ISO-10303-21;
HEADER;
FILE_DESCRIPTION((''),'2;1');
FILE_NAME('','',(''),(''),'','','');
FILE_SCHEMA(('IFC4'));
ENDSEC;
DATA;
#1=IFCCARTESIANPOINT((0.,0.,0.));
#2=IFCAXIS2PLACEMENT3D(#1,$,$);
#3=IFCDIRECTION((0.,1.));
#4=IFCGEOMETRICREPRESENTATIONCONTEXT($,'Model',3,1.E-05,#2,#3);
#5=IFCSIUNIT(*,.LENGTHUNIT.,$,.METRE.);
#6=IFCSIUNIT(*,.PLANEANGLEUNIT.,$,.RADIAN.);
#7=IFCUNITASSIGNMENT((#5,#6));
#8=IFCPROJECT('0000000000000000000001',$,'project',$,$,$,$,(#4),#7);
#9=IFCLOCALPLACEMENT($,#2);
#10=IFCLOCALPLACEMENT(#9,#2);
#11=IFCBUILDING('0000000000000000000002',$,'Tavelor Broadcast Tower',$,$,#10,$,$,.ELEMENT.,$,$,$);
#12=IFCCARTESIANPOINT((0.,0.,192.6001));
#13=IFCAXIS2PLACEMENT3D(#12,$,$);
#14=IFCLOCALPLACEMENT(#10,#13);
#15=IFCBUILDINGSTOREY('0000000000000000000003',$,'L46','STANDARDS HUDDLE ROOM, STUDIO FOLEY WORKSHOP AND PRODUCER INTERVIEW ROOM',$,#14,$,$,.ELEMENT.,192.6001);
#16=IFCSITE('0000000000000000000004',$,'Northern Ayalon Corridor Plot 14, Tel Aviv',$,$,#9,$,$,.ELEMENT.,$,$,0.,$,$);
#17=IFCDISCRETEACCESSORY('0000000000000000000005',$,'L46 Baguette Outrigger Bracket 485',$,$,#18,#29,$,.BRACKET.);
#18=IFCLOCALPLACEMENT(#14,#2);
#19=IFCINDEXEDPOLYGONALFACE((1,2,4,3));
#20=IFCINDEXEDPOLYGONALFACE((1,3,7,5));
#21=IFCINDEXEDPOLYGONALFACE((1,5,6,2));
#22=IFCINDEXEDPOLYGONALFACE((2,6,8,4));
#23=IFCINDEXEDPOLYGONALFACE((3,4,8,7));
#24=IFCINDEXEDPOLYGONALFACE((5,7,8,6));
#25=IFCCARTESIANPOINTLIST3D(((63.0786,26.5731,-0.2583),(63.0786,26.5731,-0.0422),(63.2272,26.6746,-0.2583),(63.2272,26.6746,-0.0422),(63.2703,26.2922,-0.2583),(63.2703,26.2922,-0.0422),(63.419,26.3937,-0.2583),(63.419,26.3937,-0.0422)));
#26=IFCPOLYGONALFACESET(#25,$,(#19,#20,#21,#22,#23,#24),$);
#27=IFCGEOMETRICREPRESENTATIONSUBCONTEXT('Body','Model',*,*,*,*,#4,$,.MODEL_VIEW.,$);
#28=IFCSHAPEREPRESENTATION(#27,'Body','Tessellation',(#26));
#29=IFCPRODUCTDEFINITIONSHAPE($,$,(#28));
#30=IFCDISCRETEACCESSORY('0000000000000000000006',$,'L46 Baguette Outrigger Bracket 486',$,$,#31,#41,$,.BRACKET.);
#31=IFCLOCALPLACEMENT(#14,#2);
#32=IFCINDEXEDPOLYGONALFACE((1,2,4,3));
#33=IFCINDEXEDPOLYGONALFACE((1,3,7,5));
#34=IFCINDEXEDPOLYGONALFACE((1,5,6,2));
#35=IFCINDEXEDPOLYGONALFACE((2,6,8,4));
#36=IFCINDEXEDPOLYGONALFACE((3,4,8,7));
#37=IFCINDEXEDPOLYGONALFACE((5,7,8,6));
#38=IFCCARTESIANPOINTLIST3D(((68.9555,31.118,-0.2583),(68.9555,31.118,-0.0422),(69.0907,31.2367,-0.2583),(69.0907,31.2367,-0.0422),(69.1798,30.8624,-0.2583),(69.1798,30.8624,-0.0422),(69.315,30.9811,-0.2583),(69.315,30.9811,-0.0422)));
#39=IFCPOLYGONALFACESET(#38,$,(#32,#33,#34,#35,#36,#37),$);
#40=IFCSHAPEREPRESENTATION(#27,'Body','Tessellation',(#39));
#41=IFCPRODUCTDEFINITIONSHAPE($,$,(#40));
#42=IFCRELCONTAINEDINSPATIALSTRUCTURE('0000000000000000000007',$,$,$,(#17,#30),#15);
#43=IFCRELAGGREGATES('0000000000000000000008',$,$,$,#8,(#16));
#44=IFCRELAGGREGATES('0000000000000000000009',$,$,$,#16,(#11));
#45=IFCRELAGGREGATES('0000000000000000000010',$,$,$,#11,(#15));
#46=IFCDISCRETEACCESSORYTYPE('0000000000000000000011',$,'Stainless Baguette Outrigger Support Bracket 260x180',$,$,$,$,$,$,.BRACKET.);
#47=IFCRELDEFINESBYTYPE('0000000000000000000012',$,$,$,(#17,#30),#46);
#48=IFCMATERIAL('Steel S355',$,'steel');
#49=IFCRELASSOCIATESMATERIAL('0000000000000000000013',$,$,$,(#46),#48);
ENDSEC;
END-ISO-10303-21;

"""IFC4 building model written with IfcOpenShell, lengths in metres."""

from ifc_helpers import new_model, si_unit, direction, frame, origin, origin_2d, place, context, subcontext, project, spatial, rectangle, extrude, source, transform, mapped, material, type_object, type_shapes, element, save


model = new_model("IFC4")

# Units and contexts
model_context = context("Model", 3, precision=1e-05, world=origin(), true_north=direction((0.0, 1.0)))
body_context = subcontext(model_context, "Body", "Model", "MODEL_VIEW")
ifc_project = project(units=[si_unit("LENGTHUNIT", "METRE"), si_unit("PLANEANGLEUNIT", "RADIAN")], contexts=[model_context])

# Site, building, storey
site_placement = place(None, origin())
site = spatial("IfcSite", under=ifc_project, at=site_placement, Name="Northern Ayalon Corridor Plot 14, Tel Aviv", CompositionType="ELEMENT", RefElevation=0.0)
building_placement = place(site_placement, origin())
building = spatial("IfcBuilding", under=site, at=building_placement, Name="Tavelor Broadcast Tower", CompositionType="ELEMENT")
storey_placement = place(building_placement, frame((0.0, 0.0, 192.6001)))
storey = spatial("IfcBuildingStorey", under=building, at=storey_placement, Name="L46", Description="STANDARDS HUDDLE ROOM, STUDIO FOLEY WORKSHOP AND PRODUCER INTERVIEW ROOM", CompositionType="ELEMENT", Elevation=192.6001)

# Shared definitions
ifc_material_1 = material(Name="Steel S355", Category="steel")

# Discrete accessories
discrete_accessory_type = type_object("IfcDiscreteAccessoryType", Name="Stainless Baguette Outrigger Support Bracket 260x180", PredefinedType="BRACKET", material=ifc_material_1)
shared_shape_1 = source(origin(), body_context, "Body", "SweptSolid", [
    extrude(rectangle(XDim=0.1799, YDim=0.3401, at=origin_2d()), origin(), (0.0, 0.0, 1.0), 0.2161),
])
type_shapes(discrete_accessory_type, [shared_shape_1])
for number, where, z_axis, x_axis, name in (
    (1, (63.2488, 26.4834, -0.2583), (0.0, 0.0, 1.0), (0.825902, 0.563814, 0.0), "L46 Baguette Outrigger Bracket 485"),
    (2, (69.1353, 31.0496, -0.2583), (0.0, 0.0, 1.0), (0.751494, 0.659739, 0.0), "L46 Baguette Outrigger Bracket 486"),
):
    element("IfcDiscreteAccessory", number, at=place(storey_placement, frame(where, z_axis=z_axis, x_axis=x_axis)), inside=storey, type_object=discrete_accessory_type, Name=name, PredefinedType="BRACKET", context=body_context, shape_type="MappedRepresentation", body=[
        mapped(shared_shape_1, transform((0.0, 0.0, 0.0), scale=1.0)),
    ])

save(model, "model.ifc")
